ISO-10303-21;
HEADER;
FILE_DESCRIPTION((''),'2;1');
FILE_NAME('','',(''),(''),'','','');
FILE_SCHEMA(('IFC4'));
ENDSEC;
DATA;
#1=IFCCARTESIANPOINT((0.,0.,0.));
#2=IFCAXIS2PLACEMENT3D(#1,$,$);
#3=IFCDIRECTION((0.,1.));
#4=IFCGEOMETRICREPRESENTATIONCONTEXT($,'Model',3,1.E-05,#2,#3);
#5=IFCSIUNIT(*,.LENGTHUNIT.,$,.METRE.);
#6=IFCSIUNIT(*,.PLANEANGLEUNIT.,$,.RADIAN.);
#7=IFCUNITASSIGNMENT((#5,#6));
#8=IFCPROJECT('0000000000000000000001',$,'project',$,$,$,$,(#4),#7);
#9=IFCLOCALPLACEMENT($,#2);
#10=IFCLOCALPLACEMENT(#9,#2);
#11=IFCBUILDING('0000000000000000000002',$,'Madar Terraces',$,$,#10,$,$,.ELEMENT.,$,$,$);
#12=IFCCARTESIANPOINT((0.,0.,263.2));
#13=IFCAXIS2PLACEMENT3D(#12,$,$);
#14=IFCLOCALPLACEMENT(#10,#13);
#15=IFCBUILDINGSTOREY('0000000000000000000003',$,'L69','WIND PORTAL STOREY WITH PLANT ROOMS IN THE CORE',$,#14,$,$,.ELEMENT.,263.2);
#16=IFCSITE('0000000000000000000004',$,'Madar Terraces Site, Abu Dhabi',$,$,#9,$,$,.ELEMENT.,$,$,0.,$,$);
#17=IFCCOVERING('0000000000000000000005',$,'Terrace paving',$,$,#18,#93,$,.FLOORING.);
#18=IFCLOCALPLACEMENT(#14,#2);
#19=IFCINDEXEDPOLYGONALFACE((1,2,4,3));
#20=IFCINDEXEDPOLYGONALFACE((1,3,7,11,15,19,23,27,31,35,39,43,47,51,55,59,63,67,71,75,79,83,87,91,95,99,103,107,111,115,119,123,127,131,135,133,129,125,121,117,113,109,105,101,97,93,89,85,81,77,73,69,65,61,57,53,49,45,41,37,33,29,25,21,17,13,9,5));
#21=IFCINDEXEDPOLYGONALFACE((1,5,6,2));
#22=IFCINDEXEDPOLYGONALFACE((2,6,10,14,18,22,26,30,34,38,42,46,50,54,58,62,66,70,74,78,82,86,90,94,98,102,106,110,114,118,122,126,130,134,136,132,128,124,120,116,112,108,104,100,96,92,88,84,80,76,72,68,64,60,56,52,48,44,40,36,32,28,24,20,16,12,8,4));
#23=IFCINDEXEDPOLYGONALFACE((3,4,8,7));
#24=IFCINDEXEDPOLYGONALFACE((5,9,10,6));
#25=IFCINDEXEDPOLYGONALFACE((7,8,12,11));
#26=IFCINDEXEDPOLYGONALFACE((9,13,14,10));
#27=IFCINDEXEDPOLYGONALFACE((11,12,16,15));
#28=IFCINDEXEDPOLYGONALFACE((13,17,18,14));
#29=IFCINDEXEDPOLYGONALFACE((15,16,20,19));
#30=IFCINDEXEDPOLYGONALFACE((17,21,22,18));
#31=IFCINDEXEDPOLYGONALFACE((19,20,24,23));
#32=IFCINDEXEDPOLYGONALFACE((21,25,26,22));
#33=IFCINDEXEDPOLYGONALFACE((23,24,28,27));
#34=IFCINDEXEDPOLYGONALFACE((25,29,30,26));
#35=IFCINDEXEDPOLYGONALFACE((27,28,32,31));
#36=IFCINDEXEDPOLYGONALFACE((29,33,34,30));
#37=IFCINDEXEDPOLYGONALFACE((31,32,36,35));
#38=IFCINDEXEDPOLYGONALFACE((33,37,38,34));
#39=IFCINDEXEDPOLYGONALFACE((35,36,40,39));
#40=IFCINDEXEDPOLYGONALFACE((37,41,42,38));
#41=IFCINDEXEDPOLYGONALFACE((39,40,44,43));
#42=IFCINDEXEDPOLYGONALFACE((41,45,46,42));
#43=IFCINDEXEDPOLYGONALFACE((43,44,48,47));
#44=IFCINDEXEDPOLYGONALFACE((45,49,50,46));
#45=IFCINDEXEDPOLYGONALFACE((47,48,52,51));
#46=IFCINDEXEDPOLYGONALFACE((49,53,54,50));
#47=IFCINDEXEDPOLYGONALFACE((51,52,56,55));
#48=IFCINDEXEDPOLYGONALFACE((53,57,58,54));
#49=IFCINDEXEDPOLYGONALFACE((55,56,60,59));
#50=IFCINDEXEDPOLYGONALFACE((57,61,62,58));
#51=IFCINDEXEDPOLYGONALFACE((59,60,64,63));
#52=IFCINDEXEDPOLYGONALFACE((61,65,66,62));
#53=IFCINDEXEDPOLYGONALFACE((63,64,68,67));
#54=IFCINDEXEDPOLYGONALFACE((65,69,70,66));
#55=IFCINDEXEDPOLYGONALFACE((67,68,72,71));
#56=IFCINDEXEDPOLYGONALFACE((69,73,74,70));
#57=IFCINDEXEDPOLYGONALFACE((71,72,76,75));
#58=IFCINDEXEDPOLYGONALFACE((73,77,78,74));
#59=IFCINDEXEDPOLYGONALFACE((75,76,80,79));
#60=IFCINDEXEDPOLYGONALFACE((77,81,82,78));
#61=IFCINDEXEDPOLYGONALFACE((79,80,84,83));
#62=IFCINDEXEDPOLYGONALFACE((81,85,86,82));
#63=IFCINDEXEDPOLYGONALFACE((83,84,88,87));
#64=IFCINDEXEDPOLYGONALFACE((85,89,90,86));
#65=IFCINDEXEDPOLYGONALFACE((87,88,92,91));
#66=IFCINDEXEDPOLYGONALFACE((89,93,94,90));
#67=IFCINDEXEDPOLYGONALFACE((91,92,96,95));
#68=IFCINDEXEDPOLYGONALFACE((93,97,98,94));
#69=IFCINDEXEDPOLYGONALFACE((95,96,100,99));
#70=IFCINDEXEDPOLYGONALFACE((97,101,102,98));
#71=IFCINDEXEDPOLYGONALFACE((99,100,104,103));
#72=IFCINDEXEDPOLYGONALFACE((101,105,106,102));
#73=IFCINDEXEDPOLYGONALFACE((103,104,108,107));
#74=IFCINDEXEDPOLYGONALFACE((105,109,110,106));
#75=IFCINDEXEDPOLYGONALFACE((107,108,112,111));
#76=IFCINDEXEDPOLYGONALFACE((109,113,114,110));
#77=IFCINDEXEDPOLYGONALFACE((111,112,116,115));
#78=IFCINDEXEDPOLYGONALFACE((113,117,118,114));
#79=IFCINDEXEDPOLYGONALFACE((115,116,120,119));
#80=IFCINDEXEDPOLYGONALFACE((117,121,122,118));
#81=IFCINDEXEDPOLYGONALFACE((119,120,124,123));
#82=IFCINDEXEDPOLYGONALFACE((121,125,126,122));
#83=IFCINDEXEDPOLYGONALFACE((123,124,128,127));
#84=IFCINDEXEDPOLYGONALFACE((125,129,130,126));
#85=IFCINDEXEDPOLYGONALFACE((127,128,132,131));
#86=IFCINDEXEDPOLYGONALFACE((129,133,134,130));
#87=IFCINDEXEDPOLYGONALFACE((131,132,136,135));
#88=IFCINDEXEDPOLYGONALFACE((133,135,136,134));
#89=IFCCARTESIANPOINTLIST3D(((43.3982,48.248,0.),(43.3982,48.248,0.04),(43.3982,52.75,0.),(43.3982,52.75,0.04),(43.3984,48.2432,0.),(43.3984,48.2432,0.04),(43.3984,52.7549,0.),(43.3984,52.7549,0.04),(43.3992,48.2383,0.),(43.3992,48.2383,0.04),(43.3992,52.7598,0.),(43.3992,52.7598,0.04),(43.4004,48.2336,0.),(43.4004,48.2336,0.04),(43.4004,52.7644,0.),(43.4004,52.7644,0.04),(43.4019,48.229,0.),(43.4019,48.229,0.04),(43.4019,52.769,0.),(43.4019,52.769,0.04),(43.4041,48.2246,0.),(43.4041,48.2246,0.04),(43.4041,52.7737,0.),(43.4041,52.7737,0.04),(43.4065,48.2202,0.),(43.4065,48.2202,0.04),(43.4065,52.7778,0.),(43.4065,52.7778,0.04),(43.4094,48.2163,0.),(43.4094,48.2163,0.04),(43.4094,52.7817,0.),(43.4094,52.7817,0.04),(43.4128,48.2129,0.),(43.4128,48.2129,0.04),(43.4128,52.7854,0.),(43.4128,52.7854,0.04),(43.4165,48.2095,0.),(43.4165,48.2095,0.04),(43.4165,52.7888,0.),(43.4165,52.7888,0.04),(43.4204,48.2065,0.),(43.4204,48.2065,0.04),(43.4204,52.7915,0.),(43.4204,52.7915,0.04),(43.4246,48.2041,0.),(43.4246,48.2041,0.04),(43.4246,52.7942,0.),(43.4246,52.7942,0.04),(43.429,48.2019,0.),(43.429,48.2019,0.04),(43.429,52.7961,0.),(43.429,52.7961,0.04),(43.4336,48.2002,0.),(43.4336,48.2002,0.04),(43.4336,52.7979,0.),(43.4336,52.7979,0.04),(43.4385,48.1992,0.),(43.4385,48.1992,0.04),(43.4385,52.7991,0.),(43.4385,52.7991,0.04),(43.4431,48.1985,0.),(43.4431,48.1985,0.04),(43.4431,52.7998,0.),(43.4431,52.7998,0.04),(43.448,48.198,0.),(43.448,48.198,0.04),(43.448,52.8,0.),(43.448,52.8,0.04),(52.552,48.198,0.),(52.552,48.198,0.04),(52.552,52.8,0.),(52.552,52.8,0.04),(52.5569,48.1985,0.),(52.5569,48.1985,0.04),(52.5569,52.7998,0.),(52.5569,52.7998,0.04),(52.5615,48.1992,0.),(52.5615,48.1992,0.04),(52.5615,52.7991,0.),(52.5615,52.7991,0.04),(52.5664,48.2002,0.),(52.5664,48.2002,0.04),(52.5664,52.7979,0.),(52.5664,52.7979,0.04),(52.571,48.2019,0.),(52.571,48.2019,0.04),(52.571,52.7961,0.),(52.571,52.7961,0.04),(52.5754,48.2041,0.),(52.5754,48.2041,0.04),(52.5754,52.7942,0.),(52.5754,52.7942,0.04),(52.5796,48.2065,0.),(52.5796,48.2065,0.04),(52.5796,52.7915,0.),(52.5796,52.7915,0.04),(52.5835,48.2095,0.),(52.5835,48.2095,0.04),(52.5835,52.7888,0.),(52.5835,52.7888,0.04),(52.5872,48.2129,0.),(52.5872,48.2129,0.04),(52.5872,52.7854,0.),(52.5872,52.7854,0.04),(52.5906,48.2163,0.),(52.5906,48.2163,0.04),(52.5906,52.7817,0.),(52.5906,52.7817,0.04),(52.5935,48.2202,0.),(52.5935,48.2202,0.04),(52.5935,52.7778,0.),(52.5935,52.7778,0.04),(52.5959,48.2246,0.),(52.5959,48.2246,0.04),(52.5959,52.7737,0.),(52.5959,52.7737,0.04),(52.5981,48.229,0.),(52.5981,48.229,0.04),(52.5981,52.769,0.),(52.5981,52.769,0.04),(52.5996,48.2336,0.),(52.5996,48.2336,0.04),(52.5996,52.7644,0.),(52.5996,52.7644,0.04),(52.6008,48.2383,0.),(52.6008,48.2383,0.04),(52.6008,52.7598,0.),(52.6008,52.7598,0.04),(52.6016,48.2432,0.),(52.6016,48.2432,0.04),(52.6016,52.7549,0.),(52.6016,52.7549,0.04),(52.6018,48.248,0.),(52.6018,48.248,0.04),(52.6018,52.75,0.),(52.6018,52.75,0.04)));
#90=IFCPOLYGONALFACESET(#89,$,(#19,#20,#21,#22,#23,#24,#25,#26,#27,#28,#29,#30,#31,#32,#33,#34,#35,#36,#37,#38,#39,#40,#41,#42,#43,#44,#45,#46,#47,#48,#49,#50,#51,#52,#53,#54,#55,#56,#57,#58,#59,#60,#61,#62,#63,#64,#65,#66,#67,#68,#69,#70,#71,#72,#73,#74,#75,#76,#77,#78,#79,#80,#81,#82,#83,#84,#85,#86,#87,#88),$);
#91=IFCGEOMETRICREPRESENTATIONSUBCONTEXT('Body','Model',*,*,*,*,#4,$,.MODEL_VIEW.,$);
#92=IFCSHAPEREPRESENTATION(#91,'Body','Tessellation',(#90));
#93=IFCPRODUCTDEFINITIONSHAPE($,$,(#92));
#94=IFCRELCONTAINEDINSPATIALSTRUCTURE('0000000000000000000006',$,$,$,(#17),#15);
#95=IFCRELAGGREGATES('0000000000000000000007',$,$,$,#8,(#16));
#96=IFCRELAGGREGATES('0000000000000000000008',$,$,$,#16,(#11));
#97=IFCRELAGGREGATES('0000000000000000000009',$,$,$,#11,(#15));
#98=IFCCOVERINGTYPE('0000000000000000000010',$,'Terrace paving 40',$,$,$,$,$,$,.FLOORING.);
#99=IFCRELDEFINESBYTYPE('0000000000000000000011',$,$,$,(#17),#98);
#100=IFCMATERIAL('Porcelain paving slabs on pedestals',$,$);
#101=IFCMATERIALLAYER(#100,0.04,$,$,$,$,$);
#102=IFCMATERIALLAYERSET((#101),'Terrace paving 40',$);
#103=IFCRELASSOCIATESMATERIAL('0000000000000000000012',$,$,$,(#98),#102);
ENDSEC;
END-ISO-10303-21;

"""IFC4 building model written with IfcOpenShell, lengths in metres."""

from ifc_helpers import new_model, si_unit, direction, frame, origin, place, context, subcontext, project, spatial, polyline, outline, extrude, material, layer, layer_set, type_object, element, save


model = new_model("IFC4")

# Units and contexts
model_context = context("Model", 3, precision=1e-05, world=origin(), true_north=direction((0.0, 1.0)))
body_context = subcontext(model_context, "Body", "Model", "MODEL_VIEW")
ifc_project = project(units=[si_unit("LENGTHUNIT", "METRE"), si_unit("PLANEANGLEUNIT", "RADIAN")], contexts=[model_context])

# Site, building, storey
site_placement = place(None, origin())
site = spatial("IfcSite", under=ifc_project, at=site_placement, Name="Madar Terraces Site, Abu Dhabi", CompositionType="ELEMENT", RefElevation=0.0)
building_placement = place(site_placement, origin())
building = spatial("IfcBuilding", under=site, at=building_placement, Name="Madar Terraces", CompositionType="ELEMENT")
storey_placement = place(building_placement, frame((0.0, 0.0, 263.2)))
storey = spatial("IfcBuildingStorey", under=building, at=storey_placement, Name="L69", Description="WIND PORTAL STOREY WITH PLANT ROOMS IN THE CORE", CompositionType="ELEMENT", Elevation=263.2)

# Covering
ifc_material_1 = material(Name="Porcelain paving slabs on pedestals")
ifc_layer_1 = layer(ifc_material_1, 0.04)
ifc_layer_set_1 = layer_set([ifc_layer_1], Name="Terrace paving 40")
covering_type = type_object("IfcCoveringType", Name="Terrace paving 40", PredefinedType="FLOORING", material=ifc_layer_set_1)
covering_1_placement = place(storey_placement, origin())
element("IfcCovering", 1, at=covering_1_placement, inside=storey, type_object=covering_type, Name="Terrace paving", PredefinedType="FLOORING", context=body_context, shape_type="SweptSolid", body=[
    extrude(outline(polyline([(52.5664, 52.7979), (52.571, 52.7961), (52.5754, 52.7942), (52.5796, 52.7915), (52.5835, 52.7888), (52.5872, 52.7854), (52.5906, 52.7817), (52.5935, 52.7778), (52.5959, 52.7737), (52.5981, 52.769), (52.5996, 52.7644), (52.6008, 52.7598), (52.6016, 52.7549), (52.6018, 52.75), (52.6018, 48.248), (52.6016, 48.2432), (52.6008, 48.2383), (52.5996, 48.2336), (52.5981, 48.229), (52.5959, 48.2246), (52.5935, 48.2202), (52.5906, 48.2163), (52.5872, 48.2129), (52.5835, 48.2095), (52.5796, 48.2065), (52.5754, 48.2041), (52.571, 48.2019), (52.5664, 48.2002), (52.5615, 48.1992), (52.5569, 48.1985), (52.552, 48.198), (43.448, 48.198), (43.4431, 48.1985), (43.4385, 48.1992), (43.4336, 48.2002), (43.429, 48.2019), (43.4246, 48.2041), (43.4204, 48.2065), (43.4165, 48.2095), (43.4128, 48.2129), (43.4094, 48.2163), (43.4065, 48.2202), (43.4041, 48.2246), (43.4019, 48.229), (43.4004, 48.2336), (43.3992, 48.2383), (43.3984, 48.2432), (43.3982, 48.248), (43.3982, 52.75), (43.3984, 52.7549), (43.3992, 52.7598), (43.4004, 52.7644), (43.4019, 52.769), (43.4041, 52.7737), (43.4065, 52.7778), (43.4094, 52.7817), (43.4128, 52.7854), (43.4165, 52.7888), (43.4204, 52.7915), (43.4246, 52.7942), (43.429, 52.7961), (43.4336, 52.7979), (43.4385, 52.7991), (43.4431, 52.7998), (43.448, 52.8), (52.552, 52.8), (52.5569, 52.7998), (52.5615, 52.7991), (52.5664, 52.7979)])), origin(), (0.0, 0.0, 1.0), 0.04),
])

save(model, "model.ifc")
